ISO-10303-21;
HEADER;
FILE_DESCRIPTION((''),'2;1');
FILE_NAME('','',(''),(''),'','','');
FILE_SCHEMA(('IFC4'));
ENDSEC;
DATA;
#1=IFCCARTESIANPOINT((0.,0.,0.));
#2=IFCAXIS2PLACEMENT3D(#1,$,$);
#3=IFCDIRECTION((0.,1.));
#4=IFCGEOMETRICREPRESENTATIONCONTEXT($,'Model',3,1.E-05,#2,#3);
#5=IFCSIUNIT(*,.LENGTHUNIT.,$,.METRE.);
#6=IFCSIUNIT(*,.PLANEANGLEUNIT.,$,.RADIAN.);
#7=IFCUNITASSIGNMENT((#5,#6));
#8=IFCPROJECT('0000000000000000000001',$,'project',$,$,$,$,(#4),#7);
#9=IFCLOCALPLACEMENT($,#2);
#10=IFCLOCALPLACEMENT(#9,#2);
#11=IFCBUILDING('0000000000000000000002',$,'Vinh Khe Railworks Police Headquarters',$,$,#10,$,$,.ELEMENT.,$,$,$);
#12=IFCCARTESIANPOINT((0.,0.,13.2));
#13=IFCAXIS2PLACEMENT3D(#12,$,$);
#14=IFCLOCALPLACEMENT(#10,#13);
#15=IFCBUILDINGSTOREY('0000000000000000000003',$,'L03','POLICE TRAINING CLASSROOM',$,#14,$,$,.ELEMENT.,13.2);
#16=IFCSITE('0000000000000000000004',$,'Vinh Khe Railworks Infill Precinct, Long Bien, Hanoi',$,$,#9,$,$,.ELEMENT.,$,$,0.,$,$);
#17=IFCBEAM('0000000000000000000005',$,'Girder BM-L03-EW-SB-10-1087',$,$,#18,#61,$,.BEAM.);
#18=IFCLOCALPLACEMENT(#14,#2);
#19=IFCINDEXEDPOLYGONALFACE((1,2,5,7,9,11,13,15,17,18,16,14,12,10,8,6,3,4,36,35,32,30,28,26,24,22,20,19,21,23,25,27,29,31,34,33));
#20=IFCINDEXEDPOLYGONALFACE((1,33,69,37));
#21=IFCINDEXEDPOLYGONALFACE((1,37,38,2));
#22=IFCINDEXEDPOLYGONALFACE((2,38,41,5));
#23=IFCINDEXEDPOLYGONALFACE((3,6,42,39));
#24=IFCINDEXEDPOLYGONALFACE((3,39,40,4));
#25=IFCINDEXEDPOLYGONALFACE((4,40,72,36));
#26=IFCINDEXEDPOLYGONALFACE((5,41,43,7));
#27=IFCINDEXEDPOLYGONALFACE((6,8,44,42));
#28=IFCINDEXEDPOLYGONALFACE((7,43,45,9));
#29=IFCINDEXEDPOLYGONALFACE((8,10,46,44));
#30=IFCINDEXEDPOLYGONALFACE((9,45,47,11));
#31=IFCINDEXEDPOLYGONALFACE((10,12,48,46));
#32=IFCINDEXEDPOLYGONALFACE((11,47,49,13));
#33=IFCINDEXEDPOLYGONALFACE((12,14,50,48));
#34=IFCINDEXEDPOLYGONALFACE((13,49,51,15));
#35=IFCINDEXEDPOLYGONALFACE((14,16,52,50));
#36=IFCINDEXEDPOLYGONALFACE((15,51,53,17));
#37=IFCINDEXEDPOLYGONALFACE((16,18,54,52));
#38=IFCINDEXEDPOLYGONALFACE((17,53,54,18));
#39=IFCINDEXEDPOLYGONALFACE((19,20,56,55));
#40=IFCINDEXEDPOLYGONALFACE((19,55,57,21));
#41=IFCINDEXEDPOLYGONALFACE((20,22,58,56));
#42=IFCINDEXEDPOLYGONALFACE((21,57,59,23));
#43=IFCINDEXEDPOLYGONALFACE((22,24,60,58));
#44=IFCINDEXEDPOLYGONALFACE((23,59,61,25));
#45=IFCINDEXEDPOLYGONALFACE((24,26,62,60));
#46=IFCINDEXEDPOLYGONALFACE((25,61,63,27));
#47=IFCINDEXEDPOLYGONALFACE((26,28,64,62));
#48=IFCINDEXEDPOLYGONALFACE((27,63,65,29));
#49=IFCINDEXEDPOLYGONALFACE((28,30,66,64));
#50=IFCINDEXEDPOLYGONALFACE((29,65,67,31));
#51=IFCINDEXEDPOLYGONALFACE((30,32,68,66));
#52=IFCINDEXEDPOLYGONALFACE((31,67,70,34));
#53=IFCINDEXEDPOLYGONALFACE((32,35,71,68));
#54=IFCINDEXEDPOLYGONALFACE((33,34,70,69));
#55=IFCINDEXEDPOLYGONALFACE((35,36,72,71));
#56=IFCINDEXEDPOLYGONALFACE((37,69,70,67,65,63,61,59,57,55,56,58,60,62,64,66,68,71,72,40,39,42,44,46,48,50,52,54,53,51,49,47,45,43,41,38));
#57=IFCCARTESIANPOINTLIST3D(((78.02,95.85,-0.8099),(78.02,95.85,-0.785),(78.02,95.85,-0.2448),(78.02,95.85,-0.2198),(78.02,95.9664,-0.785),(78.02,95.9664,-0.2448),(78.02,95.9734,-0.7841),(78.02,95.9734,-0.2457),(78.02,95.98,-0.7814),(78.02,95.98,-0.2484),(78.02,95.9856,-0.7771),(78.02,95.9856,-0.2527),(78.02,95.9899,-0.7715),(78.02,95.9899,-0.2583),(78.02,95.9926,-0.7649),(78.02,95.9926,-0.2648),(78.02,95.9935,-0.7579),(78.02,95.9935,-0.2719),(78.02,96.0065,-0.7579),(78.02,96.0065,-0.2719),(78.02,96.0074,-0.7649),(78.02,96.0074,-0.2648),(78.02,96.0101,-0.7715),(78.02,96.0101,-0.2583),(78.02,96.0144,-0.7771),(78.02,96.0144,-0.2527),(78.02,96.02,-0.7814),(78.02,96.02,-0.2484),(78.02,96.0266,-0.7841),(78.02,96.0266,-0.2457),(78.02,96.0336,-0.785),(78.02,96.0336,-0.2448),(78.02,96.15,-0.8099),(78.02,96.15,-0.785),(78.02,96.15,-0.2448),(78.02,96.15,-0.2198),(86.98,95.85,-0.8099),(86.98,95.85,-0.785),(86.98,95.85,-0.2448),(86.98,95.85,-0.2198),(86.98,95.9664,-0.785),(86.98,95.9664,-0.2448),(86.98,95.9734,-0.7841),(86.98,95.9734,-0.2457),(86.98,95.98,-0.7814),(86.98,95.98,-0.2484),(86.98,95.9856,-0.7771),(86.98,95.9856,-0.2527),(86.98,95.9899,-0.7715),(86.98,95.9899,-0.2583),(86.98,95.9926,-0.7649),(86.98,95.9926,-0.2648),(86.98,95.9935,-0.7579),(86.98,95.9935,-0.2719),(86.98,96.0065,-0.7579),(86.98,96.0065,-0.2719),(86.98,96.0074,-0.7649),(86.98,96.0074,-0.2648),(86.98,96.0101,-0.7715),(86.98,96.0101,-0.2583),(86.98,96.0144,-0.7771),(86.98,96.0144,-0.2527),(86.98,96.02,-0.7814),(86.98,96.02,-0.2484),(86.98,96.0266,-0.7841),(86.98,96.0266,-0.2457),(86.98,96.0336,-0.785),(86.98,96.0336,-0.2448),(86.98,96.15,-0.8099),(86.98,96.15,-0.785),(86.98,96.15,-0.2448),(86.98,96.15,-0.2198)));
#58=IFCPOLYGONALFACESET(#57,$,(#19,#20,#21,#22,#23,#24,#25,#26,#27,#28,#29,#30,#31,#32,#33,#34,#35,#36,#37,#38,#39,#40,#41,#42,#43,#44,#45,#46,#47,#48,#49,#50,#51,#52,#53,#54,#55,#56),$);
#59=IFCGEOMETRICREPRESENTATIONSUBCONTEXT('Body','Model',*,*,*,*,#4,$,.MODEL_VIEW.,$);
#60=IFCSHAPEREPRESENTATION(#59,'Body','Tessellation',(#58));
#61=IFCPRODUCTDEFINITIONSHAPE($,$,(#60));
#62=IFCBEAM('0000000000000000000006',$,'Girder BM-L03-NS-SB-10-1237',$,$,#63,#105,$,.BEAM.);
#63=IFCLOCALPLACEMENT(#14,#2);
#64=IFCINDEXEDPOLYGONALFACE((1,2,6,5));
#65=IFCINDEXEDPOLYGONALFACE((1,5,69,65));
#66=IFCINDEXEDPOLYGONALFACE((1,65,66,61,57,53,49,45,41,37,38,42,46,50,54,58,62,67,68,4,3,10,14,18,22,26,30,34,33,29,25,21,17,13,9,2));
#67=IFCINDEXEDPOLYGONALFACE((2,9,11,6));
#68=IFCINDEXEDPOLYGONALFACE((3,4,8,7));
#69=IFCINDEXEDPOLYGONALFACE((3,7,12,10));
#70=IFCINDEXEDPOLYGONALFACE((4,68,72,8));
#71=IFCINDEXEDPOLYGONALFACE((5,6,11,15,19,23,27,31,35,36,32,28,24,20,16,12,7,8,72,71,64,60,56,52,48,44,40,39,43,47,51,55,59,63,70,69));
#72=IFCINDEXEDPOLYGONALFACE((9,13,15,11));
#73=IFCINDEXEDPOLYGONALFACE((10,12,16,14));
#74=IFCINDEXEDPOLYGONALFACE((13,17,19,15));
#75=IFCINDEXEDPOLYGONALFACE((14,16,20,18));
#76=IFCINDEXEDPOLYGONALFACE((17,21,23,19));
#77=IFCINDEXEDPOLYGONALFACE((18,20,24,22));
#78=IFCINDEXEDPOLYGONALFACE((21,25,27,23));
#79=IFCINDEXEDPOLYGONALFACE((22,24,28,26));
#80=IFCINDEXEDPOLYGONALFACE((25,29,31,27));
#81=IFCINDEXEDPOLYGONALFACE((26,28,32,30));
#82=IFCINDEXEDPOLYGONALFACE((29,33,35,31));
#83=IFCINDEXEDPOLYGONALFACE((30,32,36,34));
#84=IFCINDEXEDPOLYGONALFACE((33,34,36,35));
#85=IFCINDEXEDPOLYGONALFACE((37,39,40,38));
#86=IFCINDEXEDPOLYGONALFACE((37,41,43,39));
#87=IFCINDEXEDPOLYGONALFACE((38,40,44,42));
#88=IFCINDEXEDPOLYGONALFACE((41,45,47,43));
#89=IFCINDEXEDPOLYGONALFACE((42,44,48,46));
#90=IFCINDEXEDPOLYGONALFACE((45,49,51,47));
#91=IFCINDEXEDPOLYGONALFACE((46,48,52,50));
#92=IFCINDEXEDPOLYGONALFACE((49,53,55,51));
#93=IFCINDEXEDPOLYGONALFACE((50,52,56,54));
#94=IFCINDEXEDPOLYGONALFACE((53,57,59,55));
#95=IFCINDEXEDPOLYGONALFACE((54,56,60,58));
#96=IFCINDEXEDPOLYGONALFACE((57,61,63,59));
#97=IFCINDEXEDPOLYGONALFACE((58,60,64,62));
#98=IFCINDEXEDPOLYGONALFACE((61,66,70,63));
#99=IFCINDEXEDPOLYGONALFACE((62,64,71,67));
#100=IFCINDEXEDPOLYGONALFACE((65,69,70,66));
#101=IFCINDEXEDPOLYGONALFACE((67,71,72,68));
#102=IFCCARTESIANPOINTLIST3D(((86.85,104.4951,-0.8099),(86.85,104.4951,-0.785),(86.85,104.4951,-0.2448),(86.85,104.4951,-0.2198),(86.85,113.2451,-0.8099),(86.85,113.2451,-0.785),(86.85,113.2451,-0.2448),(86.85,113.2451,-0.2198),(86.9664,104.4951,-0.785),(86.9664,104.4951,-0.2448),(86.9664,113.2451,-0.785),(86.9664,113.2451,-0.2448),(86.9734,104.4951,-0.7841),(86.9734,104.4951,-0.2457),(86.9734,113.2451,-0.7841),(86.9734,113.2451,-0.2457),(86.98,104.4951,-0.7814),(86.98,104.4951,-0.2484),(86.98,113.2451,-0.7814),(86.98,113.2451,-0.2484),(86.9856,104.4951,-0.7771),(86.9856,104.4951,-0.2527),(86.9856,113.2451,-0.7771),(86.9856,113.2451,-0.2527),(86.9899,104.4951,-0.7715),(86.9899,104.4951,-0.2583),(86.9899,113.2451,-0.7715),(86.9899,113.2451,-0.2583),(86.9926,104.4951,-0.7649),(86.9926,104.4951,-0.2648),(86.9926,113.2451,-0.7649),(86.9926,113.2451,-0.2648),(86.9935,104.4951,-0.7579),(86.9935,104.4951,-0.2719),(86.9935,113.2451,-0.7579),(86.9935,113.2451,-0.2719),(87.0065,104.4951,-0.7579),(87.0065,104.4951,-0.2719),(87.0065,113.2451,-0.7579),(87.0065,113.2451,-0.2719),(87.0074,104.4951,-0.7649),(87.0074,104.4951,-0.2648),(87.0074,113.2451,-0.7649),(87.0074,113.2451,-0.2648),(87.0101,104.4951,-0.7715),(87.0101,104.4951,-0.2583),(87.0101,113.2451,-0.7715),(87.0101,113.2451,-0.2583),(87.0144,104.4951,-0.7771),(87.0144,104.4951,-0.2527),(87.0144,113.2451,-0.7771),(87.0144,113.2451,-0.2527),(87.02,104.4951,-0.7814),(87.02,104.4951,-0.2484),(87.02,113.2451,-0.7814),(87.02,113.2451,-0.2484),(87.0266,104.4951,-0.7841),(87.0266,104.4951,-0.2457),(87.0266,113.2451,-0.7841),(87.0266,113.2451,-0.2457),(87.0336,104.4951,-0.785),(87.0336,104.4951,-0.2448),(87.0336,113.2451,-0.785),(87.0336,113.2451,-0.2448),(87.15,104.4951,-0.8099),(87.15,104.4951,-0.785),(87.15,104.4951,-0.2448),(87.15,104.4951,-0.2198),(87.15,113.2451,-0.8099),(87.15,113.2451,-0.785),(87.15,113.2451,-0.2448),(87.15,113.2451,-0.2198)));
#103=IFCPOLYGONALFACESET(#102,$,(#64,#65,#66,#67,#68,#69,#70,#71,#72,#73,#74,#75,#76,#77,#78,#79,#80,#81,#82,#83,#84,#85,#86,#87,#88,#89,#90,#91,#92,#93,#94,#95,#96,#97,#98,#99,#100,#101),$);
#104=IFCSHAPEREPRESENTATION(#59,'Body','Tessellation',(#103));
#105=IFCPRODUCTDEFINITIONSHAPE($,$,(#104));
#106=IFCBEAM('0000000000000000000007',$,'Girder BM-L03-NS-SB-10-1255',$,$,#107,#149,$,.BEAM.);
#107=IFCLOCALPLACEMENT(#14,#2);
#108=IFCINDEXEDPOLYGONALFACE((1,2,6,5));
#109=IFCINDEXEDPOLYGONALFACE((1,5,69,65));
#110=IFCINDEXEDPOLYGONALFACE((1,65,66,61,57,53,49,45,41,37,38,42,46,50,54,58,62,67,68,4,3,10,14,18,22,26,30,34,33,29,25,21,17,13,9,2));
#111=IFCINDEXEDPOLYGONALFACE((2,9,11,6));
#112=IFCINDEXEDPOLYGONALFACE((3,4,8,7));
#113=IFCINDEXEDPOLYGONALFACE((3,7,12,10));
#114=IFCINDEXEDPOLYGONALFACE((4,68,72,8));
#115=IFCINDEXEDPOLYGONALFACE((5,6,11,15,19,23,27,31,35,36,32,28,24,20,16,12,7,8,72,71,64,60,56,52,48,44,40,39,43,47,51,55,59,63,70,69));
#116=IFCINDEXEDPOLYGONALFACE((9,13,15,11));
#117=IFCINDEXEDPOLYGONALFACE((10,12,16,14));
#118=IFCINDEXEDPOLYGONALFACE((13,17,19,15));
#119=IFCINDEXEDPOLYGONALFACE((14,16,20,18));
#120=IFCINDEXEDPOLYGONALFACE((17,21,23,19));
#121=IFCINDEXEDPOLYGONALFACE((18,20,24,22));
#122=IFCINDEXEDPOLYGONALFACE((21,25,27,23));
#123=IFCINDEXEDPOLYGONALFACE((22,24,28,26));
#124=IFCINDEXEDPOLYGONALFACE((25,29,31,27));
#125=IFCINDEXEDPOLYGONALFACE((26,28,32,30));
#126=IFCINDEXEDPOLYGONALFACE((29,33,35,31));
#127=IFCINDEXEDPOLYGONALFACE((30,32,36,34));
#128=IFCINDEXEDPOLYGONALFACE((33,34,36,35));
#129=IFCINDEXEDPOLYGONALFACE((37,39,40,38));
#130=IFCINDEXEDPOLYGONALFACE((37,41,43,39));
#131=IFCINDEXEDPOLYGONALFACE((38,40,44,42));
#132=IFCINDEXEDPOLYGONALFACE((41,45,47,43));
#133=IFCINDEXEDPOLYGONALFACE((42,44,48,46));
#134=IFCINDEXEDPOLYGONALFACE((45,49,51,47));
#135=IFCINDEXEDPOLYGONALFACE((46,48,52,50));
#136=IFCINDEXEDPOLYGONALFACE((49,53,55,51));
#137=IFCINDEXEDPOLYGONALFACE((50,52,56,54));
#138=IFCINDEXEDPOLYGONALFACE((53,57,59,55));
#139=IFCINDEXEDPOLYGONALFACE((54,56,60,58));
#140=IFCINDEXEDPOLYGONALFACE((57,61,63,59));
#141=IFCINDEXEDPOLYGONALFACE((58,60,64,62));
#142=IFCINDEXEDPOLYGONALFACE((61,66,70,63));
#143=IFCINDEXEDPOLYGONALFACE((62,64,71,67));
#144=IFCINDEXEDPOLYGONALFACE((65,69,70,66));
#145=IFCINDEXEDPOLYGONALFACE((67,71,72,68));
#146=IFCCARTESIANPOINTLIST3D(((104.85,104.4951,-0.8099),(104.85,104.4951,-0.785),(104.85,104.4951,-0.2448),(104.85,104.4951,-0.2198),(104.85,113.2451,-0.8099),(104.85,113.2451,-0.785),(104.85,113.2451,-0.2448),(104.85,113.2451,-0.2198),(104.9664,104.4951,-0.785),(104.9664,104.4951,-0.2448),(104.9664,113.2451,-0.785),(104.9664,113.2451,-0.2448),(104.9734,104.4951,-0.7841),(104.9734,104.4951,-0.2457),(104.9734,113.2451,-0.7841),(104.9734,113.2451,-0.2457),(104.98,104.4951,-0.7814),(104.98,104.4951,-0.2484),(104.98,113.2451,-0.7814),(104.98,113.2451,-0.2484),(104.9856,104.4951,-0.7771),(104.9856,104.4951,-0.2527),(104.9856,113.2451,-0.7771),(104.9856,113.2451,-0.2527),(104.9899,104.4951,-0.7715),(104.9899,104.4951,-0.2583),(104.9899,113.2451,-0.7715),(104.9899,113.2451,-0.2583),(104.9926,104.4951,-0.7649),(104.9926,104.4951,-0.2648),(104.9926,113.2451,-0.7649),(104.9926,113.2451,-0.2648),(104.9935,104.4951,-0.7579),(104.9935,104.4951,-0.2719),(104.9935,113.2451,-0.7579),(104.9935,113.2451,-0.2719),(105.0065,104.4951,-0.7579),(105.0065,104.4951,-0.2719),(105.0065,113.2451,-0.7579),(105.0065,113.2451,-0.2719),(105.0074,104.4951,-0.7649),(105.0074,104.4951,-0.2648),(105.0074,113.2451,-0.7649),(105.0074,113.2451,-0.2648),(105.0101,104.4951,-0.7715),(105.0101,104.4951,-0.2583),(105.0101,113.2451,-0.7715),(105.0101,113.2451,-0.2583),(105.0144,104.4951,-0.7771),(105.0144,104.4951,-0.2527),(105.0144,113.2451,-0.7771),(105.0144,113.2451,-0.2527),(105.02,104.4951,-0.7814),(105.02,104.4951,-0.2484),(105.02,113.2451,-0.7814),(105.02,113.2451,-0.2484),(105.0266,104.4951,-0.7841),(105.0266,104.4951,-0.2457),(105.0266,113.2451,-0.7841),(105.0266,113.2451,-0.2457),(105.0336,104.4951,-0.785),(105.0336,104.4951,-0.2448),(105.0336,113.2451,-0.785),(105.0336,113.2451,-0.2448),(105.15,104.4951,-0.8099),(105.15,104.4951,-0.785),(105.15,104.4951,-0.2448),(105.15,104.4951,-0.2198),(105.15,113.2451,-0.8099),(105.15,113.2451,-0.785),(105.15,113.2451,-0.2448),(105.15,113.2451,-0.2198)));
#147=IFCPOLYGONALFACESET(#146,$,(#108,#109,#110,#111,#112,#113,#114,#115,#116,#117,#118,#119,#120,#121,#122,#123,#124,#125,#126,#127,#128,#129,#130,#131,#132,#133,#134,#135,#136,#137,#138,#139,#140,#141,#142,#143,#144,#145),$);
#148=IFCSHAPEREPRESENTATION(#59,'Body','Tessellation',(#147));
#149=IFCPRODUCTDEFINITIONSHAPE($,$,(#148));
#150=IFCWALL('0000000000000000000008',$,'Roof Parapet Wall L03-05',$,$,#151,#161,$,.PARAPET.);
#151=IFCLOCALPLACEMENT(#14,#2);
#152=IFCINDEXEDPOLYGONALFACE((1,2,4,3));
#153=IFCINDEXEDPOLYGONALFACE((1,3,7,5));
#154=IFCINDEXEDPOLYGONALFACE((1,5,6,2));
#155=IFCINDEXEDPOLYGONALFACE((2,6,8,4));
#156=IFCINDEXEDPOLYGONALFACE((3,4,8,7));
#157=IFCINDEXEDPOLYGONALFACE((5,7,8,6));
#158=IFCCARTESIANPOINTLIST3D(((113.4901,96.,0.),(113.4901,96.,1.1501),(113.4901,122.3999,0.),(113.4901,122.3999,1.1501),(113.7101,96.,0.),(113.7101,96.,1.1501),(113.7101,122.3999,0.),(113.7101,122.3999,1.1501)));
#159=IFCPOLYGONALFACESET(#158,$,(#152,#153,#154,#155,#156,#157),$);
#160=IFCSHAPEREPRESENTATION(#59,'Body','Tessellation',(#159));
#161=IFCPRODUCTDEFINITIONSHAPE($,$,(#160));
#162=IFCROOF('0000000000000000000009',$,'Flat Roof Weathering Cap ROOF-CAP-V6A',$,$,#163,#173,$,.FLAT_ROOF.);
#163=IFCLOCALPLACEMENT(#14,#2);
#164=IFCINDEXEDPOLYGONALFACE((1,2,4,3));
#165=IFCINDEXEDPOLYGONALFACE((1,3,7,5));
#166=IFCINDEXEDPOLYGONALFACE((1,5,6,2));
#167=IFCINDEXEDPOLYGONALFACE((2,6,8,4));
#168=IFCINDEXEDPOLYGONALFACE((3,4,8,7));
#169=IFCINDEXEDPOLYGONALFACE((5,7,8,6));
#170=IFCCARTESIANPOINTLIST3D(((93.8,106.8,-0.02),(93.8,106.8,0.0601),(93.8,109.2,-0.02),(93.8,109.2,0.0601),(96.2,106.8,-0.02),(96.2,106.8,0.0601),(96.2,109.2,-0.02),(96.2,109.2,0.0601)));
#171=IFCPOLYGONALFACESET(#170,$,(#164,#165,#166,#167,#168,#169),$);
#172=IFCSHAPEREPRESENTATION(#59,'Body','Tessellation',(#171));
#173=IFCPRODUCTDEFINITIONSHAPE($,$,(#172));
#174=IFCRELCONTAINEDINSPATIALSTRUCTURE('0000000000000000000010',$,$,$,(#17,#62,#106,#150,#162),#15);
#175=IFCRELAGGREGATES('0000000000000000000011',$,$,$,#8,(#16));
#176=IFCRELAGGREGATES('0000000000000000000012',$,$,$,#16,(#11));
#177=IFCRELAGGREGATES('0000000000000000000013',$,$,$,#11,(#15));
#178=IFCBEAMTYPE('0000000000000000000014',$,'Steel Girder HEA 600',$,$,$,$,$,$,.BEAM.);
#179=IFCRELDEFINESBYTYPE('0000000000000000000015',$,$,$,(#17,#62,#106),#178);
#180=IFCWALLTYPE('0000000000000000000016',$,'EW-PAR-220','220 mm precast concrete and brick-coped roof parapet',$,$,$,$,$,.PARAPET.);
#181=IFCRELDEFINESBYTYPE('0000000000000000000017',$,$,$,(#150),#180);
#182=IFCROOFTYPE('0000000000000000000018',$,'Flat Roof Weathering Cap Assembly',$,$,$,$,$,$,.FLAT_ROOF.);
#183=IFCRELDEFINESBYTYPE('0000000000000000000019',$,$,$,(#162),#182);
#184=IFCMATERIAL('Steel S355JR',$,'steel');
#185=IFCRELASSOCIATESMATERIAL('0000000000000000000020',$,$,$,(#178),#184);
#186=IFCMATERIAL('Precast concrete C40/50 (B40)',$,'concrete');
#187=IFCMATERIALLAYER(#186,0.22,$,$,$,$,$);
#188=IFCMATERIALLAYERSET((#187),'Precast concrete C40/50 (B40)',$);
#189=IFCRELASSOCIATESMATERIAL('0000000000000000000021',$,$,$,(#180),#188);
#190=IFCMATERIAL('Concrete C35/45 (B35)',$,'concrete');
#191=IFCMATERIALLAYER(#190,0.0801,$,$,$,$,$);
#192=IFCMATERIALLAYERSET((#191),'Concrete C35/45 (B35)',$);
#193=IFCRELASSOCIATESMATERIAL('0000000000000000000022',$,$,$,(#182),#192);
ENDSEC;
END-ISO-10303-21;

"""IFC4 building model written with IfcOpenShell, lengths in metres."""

from ifc_helpers import new_model, si_unit, direction, frame, frame_2d, origin, origin_2d, place, context, subcontext, project, spatial, rectangle, i_section, extrude, material, layer, layer_set, material_profile, profile_set, type_object, element, save


model = new_model("IFC4")

# Units and contexts
model_context = context("Model", 3, precision=1e-05, world=origin(), true_north=direction((0.0, 1.0)))
body_context = subcontext(model_context, "Body", "Model", "MODEL_VIEW")
ifc_project = project(units=[si_unit("LENGTHUNIT", "METRE"), si_unit("PLANEANGLEUNIT", "RADIAN")], contexts=[model_context])

# Site, building, storey
site_placement = place(None, origin())
site = spatial("IfcSite", under=ifc_project, at=site_placement, Name="Vinh Khe Railworks Infill Precinct, Long Bien, Hanoi", CompositionType="ELEMENT", RefElevation=0.0)
building_placement = place(site_placement, origin())
building = spatial("IfcBuilding", under=site, at=building_placement, Name="Vinh Khe Railworks Police Headquarters", CompositionType="ELEMENT")
storey_placement = place(building_placement, frame((0.0, 0.0, 13.2)))
storey = spatial("IfcBuildingStorey", under=building, at=storey_placement, Name="L03", Description="POLICE TRAINING CLASSROOM", CompositionType="ELEMENT", Elevation=13.2)

# Beams
ifc_material_1 = material(Name="Steel S355JR", Category="steel")
ifc_material_profile_1 = material_profile(ifc_material_1, i_section(OverallWidth=0.3, OverallDepth=0.5901, WebThickness=0.0129, FlangeThickness=0.0249, FilletRadius=0.0271, at=origin_2d()), Name="HEA 600")
ifc_profile_set_1 = profile_set([ifc_material_profile_1], Name="Steel S355JR")
beam_type_1 = type_object("IfcBeamType", Name="Steel Girder HEA 600", PredefinedType="BEAM", material=ifc_profile_set_1)
beam_1_placement = place(storey_placement, frame((78.02, 96.0, -0.5149), z_axis=(1.0, 0.0, 0.0), x_axis=(0.0, 1.0, 0.0)))
element("IfcBeam", 1, at=beam_1_placement, inside=storey, type_object=beam_type_1, Name="Girder BM-L03-EW-SB-10-1087", PredefinedType="BEAM", context=body_context, shape_type="SweptSolid", body=[
    extrude(i_section(OverallWidth=0.3, OverallDepth=0.5901, WebThickness=0.0129, FlangeThickness=0.0249, FilletRadius=0.0271, at=origin_2d()), origin(), (0.0, 0.0, 1.0), 8.96),
])
for number, where, z_axis, x_axis, name in (
    (2, (87.0, 104.4951, -0.5149), (0.0, 1.0, 0.0), (-1.0, 0.0, 0.0), "Girder BM-L03-NS-SB-10-1237"),
    (3, (105.0, 104.4951, -0.5149), (0.0, 1.0, 0.0), (-1.0, 0.0, 0.0), "Girder BM-L03-NS-SB-10-1255"),
):
    element("IfcBeam", number, at=place(storey_placement, frame(where, z_axis=z_axis, x_axis=x_axis)), inside=storey, type_object=beam_type_1, Name=name, PredefinedType="BEAM", context=body_context, shape_type="SweptSolid", body=[
        extrude(i_section(OverallWidth=0.3, OverallDepth=0.5901, WebThickness=0.0129, FlangeThickness=0.0249, FilletRadius=0.0271, at=origin_2d()), origin(), (0.0, 0.0, 1.0), 8.75),
    ])

# Wall
ifc_material_2 = material(Name="Precast concrete C40/50 (B40)", Category="concrete")
ifc_layer_1 = layer(ifc_material_2, 0.22)
ifc_layer_set_1 = layer_set([ifc_layer_1], Name="Precast concrete C40/50 (B40)")
wall_type = type_object("IfcWallType", Name="EW-PAR-220", Description="220 mm precast concrete and brick-coped roof parapet", PredefinedType="PARAPET", material=ifc_layer_set_1)
wall_placement = place(storey_placement, frame((113.6001, 96.0, 0.0), z_axis=(0.0, 0.0, 1.0), x_axis=(0.0, 1.0, 0.0)))
element("IfcWall", 4, at=wall_placement, inside=storey, type_object=wall_type, Name="Roof Parapet Wall L03-05", PredefinedType="PARAPET", context=body_context, shape_type="SweptSolid", body=[
    extrude(rectangle(XDim=26.3999, YDim=0.22, at=frame_2d((13.2, 0.0))), origin(), (0.0, 0.0, 1.0), 1.1501),
])

# Roof
ifc_material_3 = material(Name="Concrete C35/45 (B35)", Category="concrete")
ifc_layer_2 = layer(ifc_material_3, 0.0801)
ifc_layer_set_2 = layer_set([ifc_layer_2], Name="Concrete C35/45 (B35)")
roof_type = type_object("IfcRoofType", Name="Flat Roof Weathering Cap Assembly", PredefinedType="FLAT_ROOF", material=ifc_layer_set_2)
roof_placement = place(storey_placement, frame((95.0, 108.0, -0.02), z_axis=(0.0, 0.0, 1.0), x_axis=(1.0, 0.0, 0.0)))
element("IfcRoof", 5, at=roof_placement, inside=storey, type_object=roof_type, Name="Flat Roof Weathering Cap ROOF-CAP-V6A", PredefinedType="FLAT_ROOF", context=body_context, shape_type="SweptSolid", body=[
    extrude(rectangle(XDim=2.3999, YDim=2.3999, at=origin_2d()), origin(), (0.0, 0.0, 1.0), 0.0801),
])

save(model, "model.ifc")
